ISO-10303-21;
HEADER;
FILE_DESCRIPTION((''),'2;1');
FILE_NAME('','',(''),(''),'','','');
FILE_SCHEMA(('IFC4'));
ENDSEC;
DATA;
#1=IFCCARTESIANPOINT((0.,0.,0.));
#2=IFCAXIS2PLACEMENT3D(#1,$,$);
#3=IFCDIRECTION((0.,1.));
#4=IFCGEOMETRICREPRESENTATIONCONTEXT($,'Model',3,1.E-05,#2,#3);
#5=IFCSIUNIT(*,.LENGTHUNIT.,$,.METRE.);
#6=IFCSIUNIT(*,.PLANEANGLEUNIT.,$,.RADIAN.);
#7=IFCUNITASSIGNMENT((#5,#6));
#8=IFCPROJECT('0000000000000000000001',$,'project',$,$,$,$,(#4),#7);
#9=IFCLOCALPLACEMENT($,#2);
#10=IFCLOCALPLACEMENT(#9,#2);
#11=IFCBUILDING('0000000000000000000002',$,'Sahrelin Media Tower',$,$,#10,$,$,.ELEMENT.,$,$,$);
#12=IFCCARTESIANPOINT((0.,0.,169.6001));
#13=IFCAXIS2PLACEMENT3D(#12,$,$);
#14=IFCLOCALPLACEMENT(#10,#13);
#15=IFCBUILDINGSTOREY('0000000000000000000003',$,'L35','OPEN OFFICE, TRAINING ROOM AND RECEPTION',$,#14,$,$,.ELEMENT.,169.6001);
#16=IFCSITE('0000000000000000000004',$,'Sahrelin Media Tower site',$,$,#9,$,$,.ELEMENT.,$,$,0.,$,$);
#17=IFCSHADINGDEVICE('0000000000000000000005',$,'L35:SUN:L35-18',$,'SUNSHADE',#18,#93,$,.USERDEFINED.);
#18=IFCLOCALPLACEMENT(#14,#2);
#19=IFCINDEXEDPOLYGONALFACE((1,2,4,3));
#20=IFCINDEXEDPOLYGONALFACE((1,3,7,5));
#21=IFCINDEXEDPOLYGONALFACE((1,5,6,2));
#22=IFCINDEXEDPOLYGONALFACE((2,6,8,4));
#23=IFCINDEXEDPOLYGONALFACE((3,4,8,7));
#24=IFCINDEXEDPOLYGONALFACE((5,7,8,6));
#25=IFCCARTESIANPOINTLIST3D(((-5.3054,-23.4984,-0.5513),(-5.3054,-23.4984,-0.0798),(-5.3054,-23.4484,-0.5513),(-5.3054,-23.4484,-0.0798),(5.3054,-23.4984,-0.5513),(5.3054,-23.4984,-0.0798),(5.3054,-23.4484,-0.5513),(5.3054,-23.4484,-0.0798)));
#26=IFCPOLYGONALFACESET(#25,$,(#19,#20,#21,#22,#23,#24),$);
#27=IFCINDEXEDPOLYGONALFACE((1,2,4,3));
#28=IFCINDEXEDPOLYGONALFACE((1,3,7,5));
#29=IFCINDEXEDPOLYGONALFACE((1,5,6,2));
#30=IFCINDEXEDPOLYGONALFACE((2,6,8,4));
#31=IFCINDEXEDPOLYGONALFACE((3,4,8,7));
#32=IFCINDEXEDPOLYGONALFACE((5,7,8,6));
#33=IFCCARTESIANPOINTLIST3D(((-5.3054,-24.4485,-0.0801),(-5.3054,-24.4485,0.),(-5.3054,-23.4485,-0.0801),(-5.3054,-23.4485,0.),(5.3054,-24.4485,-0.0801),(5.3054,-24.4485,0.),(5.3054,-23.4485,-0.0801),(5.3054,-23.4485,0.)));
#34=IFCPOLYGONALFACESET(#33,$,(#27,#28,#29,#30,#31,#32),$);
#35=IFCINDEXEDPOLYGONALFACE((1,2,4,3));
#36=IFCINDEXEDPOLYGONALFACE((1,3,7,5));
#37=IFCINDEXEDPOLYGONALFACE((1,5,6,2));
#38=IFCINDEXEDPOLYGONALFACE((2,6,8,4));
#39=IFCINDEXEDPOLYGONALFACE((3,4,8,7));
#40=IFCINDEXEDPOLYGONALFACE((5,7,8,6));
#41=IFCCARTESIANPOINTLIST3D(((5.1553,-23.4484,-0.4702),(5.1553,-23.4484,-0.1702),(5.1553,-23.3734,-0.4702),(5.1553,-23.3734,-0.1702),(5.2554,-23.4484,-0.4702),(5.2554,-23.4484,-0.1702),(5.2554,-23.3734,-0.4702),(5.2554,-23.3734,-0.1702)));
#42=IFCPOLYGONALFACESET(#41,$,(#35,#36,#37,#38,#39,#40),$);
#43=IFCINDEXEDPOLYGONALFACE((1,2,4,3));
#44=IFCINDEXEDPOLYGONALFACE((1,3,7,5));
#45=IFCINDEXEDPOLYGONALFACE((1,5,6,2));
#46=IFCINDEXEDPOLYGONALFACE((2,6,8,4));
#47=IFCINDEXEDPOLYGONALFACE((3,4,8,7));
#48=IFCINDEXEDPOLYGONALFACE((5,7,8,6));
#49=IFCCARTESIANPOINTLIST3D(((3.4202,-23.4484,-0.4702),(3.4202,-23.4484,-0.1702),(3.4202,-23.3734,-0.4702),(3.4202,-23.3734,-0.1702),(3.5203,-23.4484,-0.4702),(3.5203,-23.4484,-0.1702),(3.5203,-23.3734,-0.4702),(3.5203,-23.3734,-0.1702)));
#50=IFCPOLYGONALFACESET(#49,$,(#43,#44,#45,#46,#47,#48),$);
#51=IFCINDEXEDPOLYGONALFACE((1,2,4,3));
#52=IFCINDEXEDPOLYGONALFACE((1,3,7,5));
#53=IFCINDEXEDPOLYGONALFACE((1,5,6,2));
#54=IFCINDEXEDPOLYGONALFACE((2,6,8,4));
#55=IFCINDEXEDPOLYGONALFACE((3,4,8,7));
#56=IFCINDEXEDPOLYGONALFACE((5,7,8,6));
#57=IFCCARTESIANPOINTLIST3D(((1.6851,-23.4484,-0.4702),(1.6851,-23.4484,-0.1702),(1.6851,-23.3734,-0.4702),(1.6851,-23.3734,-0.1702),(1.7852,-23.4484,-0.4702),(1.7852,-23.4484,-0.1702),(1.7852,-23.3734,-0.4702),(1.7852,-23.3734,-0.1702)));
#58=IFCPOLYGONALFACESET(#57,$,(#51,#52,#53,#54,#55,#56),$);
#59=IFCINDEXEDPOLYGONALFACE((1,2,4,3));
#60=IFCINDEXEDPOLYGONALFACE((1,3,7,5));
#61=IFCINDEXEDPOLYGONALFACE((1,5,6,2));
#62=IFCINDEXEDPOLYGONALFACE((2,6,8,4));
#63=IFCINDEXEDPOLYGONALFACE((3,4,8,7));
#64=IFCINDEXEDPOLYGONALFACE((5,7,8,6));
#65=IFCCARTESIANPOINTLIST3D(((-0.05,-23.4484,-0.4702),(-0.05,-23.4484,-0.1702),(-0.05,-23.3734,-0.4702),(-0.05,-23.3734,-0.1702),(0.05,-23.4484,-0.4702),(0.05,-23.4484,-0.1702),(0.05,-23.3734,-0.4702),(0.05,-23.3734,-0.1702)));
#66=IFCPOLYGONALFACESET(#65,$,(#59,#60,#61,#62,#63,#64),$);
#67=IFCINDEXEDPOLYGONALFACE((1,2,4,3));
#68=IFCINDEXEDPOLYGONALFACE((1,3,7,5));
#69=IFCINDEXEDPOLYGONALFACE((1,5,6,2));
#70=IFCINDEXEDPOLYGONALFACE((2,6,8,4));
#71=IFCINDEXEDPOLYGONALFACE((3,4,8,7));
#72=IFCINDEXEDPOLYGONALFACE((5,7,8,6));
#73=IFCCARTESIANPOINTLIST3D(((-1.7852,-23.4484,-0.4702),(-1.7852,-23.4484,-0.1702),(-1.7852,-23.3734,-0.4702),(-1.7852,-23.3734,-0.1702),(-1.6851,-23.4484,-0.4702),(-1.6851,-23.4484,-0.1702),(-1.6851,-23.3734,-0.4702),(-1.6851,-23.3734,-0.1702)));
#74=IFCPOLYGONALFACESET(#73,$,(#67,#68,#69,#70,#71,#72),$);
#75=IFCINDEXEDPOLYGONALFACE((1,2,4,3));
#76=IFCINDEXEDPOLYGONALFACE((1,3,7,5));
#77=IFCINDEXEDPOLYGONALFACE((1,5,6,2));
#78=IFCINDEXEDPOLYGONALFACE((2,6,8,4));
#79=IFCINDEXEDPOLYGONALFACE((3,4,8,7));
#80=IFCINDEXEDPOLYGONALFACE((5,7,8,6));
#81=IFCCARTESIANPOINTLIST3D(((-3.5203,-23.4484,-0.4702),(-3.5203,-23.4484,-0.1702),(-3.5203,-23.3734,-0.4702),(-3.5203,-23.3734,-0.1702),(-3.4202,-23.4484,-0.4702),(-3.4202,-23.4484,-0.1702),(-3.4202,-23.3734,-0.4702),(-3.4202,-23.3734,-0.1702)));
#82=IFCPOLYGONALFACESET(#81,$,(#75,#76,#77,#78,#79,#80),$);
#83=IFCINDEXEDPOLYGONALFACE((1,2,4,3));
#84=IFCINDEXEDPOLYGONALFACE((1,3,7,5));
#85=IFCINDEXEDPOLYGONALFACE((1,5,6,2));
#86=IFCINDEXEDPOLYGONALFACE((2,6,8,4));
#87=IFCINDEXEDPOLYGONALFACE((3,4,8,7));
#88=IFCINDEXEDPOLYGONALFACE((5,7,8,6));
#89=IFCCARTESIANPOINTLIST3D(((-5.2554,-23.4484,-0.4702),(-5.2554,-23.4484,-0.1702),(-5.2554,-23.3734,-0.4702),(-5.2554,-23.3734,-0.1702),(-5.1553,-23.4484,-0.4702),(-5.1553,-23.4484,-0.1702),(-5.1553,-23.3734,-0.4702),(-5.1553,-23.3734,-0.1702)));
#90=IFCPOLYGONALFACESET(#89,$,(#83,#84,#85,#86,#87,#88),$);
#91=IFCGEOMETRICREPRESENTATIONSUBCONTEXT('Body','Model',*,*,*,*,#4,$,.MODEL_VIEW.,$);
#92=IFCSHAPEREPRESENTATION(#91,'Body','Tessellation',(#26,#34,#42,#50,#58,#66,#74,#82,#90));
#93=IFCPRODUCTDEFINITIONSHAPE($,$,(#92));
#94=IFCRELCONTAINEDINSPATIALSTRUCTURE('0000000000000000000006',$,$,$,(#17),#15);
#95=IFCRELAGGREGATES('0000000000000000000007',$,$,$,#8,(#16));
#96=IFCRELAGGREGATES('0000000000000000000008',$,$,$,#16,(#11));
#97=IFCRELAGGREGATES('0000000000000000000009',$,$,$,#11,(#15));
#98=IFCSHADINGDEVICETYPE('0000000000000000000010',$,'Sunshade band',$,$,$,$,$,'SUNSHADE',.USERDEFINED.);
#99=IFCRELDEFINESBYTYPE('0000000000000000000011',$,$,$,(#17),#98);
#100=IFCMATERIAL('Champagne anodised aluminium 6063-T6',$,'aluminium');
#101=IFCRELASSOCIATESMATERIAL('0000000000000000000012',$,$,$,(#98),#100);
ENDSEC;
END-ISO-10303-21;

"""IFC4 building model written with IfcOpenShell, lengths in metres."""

from ifc_helpers import new_model, si_unit, direction, frame, origin, origin_2d, place, context, subcontext, project, spatial, rectangle, extrude, material, type_object, element, save


model = new_model("IFC4")

# Units and contexts
model_context = context("Model", 3, precision=1e-05, world=origin(), true_north=direction((0.0, 1.0)))
body_context = subcontext(model_context, "Body", "Model", "MODEL_VIEW")
ifc_project = project(units=[si_unit("LENGTHUNIT", "METRE"), si_unit("PLANEANGLEUNIT", "RADIAN")], contexts=[model_context])

# Site, building, storey
site_placement = place(None, origin())
site = spatial("IfcSite", under=ifc_project, at=site_placement, Name="Sahrelin Media Tower site", CompositionType="ELEMENT", RefElevation=0.0)
building_placement = place(site_placement, origin())
building = spatial("IfcBuilding", under=site, at=building_placement, Name="Sahrelin Media Tower", CompositionType="ELEMENT")
storey_placement = place(building_placement, frame((0.0, 0.0, 169.6001)))
storey = spatial("IfcBuildingStorey", under=building, at=storey_placement, Name="L35", Description="OPEN OFFICE, TRAINING ROOM AND RECEPTION", CompositionType="ELEMENT", Elevation=169.6001)

# Shared definitions
ifc_material_1 = material(Name="Champagne anodised aluminium 6063-T6", Category="aluminium")

# Shading device
placement_1 = place(storey_placement, frame((0.0, -23.4285, 0.0), z_axis=(0.0, 0.0, 1.0), x_axis=(-1.0, 0.0, 0.0)))
shading_device_type_1 = type_object("IfcShadingDeviceType", Name="Sunshade band", ElementType="SUNSHADE", PredefinedType="USERDEFINED", material=ifc_material_1)
element("IfcShadingDevice", 1, at=placement_1, inside=storey, type_object=shading_device_type_1, Name="L35:SUN:L35-18", ObjectType="SUNSHADE", PredefinedType="USERDEFINED", context=body_context, shape_type="SweptSolid", body=[
    extrude(rectangle(XDim=10.6108, YDim=0.05, at=origin_2d()), frame((0.0, 0.0449, -0.5513)), (0.0, 0.0, 1.0), 0.4714),
    extrude(rectangle(XDim=10.6108, YDim=1.0, at=origin_2d()), frame((0.0, 0.52, -0.0801)), (0.0, 0.0, 1.0), 0.0801),
    extrude(rectangle(XDim=0.1001, YDim=0.075, at=origin_2d()), frame((-5.2053, -0.0176, -0.4702)), (0.0, 0.0, 1.0), 0.3),
    extrude(rectangle(XDim=0.1001, YDim=0.075, at=origin_2d()), frame((-3.4702, -0.0176, -0.4702)), (0.0, 0.0, 1.0), 0.3),
    extrude(rectangle(XDim=0.1001, YDim=0.075, at=origin_2d()), frame((-1.7351, -0.0176, -0.4702)), (0.0, 0.0, 1.0), 0.3),
    extrude(rectangle(XDim=0.1001, YDim=0.075, at=origin_2d()), frame((0.0, -0.0176, -0.4702)), (0.0, 0.0, 1.0), 0.3),
    extrude(rectangle(XDim=0.1001, YDim=0.075, at=origin_2d()), frame((1.7351, -0.0176, -0.4702)), (0.0, 0.0, 1.0), 0.3),
    extrude(rectangle(XDim=0.1001, YDim=0.075, at=origin_2d()), frame((3.4702, -0.0176, -0.4702)), (0.0, 0.0, 1.0), 0.3),
    extrude(rectangle(XDim=0.1001, YDim=0.075, at=origin_2d()), frame((5.2053, -0.0176, -0.4702)), (0.0, 0.0, 1.0), 0.3),
])

save(model, "model.ifc")
